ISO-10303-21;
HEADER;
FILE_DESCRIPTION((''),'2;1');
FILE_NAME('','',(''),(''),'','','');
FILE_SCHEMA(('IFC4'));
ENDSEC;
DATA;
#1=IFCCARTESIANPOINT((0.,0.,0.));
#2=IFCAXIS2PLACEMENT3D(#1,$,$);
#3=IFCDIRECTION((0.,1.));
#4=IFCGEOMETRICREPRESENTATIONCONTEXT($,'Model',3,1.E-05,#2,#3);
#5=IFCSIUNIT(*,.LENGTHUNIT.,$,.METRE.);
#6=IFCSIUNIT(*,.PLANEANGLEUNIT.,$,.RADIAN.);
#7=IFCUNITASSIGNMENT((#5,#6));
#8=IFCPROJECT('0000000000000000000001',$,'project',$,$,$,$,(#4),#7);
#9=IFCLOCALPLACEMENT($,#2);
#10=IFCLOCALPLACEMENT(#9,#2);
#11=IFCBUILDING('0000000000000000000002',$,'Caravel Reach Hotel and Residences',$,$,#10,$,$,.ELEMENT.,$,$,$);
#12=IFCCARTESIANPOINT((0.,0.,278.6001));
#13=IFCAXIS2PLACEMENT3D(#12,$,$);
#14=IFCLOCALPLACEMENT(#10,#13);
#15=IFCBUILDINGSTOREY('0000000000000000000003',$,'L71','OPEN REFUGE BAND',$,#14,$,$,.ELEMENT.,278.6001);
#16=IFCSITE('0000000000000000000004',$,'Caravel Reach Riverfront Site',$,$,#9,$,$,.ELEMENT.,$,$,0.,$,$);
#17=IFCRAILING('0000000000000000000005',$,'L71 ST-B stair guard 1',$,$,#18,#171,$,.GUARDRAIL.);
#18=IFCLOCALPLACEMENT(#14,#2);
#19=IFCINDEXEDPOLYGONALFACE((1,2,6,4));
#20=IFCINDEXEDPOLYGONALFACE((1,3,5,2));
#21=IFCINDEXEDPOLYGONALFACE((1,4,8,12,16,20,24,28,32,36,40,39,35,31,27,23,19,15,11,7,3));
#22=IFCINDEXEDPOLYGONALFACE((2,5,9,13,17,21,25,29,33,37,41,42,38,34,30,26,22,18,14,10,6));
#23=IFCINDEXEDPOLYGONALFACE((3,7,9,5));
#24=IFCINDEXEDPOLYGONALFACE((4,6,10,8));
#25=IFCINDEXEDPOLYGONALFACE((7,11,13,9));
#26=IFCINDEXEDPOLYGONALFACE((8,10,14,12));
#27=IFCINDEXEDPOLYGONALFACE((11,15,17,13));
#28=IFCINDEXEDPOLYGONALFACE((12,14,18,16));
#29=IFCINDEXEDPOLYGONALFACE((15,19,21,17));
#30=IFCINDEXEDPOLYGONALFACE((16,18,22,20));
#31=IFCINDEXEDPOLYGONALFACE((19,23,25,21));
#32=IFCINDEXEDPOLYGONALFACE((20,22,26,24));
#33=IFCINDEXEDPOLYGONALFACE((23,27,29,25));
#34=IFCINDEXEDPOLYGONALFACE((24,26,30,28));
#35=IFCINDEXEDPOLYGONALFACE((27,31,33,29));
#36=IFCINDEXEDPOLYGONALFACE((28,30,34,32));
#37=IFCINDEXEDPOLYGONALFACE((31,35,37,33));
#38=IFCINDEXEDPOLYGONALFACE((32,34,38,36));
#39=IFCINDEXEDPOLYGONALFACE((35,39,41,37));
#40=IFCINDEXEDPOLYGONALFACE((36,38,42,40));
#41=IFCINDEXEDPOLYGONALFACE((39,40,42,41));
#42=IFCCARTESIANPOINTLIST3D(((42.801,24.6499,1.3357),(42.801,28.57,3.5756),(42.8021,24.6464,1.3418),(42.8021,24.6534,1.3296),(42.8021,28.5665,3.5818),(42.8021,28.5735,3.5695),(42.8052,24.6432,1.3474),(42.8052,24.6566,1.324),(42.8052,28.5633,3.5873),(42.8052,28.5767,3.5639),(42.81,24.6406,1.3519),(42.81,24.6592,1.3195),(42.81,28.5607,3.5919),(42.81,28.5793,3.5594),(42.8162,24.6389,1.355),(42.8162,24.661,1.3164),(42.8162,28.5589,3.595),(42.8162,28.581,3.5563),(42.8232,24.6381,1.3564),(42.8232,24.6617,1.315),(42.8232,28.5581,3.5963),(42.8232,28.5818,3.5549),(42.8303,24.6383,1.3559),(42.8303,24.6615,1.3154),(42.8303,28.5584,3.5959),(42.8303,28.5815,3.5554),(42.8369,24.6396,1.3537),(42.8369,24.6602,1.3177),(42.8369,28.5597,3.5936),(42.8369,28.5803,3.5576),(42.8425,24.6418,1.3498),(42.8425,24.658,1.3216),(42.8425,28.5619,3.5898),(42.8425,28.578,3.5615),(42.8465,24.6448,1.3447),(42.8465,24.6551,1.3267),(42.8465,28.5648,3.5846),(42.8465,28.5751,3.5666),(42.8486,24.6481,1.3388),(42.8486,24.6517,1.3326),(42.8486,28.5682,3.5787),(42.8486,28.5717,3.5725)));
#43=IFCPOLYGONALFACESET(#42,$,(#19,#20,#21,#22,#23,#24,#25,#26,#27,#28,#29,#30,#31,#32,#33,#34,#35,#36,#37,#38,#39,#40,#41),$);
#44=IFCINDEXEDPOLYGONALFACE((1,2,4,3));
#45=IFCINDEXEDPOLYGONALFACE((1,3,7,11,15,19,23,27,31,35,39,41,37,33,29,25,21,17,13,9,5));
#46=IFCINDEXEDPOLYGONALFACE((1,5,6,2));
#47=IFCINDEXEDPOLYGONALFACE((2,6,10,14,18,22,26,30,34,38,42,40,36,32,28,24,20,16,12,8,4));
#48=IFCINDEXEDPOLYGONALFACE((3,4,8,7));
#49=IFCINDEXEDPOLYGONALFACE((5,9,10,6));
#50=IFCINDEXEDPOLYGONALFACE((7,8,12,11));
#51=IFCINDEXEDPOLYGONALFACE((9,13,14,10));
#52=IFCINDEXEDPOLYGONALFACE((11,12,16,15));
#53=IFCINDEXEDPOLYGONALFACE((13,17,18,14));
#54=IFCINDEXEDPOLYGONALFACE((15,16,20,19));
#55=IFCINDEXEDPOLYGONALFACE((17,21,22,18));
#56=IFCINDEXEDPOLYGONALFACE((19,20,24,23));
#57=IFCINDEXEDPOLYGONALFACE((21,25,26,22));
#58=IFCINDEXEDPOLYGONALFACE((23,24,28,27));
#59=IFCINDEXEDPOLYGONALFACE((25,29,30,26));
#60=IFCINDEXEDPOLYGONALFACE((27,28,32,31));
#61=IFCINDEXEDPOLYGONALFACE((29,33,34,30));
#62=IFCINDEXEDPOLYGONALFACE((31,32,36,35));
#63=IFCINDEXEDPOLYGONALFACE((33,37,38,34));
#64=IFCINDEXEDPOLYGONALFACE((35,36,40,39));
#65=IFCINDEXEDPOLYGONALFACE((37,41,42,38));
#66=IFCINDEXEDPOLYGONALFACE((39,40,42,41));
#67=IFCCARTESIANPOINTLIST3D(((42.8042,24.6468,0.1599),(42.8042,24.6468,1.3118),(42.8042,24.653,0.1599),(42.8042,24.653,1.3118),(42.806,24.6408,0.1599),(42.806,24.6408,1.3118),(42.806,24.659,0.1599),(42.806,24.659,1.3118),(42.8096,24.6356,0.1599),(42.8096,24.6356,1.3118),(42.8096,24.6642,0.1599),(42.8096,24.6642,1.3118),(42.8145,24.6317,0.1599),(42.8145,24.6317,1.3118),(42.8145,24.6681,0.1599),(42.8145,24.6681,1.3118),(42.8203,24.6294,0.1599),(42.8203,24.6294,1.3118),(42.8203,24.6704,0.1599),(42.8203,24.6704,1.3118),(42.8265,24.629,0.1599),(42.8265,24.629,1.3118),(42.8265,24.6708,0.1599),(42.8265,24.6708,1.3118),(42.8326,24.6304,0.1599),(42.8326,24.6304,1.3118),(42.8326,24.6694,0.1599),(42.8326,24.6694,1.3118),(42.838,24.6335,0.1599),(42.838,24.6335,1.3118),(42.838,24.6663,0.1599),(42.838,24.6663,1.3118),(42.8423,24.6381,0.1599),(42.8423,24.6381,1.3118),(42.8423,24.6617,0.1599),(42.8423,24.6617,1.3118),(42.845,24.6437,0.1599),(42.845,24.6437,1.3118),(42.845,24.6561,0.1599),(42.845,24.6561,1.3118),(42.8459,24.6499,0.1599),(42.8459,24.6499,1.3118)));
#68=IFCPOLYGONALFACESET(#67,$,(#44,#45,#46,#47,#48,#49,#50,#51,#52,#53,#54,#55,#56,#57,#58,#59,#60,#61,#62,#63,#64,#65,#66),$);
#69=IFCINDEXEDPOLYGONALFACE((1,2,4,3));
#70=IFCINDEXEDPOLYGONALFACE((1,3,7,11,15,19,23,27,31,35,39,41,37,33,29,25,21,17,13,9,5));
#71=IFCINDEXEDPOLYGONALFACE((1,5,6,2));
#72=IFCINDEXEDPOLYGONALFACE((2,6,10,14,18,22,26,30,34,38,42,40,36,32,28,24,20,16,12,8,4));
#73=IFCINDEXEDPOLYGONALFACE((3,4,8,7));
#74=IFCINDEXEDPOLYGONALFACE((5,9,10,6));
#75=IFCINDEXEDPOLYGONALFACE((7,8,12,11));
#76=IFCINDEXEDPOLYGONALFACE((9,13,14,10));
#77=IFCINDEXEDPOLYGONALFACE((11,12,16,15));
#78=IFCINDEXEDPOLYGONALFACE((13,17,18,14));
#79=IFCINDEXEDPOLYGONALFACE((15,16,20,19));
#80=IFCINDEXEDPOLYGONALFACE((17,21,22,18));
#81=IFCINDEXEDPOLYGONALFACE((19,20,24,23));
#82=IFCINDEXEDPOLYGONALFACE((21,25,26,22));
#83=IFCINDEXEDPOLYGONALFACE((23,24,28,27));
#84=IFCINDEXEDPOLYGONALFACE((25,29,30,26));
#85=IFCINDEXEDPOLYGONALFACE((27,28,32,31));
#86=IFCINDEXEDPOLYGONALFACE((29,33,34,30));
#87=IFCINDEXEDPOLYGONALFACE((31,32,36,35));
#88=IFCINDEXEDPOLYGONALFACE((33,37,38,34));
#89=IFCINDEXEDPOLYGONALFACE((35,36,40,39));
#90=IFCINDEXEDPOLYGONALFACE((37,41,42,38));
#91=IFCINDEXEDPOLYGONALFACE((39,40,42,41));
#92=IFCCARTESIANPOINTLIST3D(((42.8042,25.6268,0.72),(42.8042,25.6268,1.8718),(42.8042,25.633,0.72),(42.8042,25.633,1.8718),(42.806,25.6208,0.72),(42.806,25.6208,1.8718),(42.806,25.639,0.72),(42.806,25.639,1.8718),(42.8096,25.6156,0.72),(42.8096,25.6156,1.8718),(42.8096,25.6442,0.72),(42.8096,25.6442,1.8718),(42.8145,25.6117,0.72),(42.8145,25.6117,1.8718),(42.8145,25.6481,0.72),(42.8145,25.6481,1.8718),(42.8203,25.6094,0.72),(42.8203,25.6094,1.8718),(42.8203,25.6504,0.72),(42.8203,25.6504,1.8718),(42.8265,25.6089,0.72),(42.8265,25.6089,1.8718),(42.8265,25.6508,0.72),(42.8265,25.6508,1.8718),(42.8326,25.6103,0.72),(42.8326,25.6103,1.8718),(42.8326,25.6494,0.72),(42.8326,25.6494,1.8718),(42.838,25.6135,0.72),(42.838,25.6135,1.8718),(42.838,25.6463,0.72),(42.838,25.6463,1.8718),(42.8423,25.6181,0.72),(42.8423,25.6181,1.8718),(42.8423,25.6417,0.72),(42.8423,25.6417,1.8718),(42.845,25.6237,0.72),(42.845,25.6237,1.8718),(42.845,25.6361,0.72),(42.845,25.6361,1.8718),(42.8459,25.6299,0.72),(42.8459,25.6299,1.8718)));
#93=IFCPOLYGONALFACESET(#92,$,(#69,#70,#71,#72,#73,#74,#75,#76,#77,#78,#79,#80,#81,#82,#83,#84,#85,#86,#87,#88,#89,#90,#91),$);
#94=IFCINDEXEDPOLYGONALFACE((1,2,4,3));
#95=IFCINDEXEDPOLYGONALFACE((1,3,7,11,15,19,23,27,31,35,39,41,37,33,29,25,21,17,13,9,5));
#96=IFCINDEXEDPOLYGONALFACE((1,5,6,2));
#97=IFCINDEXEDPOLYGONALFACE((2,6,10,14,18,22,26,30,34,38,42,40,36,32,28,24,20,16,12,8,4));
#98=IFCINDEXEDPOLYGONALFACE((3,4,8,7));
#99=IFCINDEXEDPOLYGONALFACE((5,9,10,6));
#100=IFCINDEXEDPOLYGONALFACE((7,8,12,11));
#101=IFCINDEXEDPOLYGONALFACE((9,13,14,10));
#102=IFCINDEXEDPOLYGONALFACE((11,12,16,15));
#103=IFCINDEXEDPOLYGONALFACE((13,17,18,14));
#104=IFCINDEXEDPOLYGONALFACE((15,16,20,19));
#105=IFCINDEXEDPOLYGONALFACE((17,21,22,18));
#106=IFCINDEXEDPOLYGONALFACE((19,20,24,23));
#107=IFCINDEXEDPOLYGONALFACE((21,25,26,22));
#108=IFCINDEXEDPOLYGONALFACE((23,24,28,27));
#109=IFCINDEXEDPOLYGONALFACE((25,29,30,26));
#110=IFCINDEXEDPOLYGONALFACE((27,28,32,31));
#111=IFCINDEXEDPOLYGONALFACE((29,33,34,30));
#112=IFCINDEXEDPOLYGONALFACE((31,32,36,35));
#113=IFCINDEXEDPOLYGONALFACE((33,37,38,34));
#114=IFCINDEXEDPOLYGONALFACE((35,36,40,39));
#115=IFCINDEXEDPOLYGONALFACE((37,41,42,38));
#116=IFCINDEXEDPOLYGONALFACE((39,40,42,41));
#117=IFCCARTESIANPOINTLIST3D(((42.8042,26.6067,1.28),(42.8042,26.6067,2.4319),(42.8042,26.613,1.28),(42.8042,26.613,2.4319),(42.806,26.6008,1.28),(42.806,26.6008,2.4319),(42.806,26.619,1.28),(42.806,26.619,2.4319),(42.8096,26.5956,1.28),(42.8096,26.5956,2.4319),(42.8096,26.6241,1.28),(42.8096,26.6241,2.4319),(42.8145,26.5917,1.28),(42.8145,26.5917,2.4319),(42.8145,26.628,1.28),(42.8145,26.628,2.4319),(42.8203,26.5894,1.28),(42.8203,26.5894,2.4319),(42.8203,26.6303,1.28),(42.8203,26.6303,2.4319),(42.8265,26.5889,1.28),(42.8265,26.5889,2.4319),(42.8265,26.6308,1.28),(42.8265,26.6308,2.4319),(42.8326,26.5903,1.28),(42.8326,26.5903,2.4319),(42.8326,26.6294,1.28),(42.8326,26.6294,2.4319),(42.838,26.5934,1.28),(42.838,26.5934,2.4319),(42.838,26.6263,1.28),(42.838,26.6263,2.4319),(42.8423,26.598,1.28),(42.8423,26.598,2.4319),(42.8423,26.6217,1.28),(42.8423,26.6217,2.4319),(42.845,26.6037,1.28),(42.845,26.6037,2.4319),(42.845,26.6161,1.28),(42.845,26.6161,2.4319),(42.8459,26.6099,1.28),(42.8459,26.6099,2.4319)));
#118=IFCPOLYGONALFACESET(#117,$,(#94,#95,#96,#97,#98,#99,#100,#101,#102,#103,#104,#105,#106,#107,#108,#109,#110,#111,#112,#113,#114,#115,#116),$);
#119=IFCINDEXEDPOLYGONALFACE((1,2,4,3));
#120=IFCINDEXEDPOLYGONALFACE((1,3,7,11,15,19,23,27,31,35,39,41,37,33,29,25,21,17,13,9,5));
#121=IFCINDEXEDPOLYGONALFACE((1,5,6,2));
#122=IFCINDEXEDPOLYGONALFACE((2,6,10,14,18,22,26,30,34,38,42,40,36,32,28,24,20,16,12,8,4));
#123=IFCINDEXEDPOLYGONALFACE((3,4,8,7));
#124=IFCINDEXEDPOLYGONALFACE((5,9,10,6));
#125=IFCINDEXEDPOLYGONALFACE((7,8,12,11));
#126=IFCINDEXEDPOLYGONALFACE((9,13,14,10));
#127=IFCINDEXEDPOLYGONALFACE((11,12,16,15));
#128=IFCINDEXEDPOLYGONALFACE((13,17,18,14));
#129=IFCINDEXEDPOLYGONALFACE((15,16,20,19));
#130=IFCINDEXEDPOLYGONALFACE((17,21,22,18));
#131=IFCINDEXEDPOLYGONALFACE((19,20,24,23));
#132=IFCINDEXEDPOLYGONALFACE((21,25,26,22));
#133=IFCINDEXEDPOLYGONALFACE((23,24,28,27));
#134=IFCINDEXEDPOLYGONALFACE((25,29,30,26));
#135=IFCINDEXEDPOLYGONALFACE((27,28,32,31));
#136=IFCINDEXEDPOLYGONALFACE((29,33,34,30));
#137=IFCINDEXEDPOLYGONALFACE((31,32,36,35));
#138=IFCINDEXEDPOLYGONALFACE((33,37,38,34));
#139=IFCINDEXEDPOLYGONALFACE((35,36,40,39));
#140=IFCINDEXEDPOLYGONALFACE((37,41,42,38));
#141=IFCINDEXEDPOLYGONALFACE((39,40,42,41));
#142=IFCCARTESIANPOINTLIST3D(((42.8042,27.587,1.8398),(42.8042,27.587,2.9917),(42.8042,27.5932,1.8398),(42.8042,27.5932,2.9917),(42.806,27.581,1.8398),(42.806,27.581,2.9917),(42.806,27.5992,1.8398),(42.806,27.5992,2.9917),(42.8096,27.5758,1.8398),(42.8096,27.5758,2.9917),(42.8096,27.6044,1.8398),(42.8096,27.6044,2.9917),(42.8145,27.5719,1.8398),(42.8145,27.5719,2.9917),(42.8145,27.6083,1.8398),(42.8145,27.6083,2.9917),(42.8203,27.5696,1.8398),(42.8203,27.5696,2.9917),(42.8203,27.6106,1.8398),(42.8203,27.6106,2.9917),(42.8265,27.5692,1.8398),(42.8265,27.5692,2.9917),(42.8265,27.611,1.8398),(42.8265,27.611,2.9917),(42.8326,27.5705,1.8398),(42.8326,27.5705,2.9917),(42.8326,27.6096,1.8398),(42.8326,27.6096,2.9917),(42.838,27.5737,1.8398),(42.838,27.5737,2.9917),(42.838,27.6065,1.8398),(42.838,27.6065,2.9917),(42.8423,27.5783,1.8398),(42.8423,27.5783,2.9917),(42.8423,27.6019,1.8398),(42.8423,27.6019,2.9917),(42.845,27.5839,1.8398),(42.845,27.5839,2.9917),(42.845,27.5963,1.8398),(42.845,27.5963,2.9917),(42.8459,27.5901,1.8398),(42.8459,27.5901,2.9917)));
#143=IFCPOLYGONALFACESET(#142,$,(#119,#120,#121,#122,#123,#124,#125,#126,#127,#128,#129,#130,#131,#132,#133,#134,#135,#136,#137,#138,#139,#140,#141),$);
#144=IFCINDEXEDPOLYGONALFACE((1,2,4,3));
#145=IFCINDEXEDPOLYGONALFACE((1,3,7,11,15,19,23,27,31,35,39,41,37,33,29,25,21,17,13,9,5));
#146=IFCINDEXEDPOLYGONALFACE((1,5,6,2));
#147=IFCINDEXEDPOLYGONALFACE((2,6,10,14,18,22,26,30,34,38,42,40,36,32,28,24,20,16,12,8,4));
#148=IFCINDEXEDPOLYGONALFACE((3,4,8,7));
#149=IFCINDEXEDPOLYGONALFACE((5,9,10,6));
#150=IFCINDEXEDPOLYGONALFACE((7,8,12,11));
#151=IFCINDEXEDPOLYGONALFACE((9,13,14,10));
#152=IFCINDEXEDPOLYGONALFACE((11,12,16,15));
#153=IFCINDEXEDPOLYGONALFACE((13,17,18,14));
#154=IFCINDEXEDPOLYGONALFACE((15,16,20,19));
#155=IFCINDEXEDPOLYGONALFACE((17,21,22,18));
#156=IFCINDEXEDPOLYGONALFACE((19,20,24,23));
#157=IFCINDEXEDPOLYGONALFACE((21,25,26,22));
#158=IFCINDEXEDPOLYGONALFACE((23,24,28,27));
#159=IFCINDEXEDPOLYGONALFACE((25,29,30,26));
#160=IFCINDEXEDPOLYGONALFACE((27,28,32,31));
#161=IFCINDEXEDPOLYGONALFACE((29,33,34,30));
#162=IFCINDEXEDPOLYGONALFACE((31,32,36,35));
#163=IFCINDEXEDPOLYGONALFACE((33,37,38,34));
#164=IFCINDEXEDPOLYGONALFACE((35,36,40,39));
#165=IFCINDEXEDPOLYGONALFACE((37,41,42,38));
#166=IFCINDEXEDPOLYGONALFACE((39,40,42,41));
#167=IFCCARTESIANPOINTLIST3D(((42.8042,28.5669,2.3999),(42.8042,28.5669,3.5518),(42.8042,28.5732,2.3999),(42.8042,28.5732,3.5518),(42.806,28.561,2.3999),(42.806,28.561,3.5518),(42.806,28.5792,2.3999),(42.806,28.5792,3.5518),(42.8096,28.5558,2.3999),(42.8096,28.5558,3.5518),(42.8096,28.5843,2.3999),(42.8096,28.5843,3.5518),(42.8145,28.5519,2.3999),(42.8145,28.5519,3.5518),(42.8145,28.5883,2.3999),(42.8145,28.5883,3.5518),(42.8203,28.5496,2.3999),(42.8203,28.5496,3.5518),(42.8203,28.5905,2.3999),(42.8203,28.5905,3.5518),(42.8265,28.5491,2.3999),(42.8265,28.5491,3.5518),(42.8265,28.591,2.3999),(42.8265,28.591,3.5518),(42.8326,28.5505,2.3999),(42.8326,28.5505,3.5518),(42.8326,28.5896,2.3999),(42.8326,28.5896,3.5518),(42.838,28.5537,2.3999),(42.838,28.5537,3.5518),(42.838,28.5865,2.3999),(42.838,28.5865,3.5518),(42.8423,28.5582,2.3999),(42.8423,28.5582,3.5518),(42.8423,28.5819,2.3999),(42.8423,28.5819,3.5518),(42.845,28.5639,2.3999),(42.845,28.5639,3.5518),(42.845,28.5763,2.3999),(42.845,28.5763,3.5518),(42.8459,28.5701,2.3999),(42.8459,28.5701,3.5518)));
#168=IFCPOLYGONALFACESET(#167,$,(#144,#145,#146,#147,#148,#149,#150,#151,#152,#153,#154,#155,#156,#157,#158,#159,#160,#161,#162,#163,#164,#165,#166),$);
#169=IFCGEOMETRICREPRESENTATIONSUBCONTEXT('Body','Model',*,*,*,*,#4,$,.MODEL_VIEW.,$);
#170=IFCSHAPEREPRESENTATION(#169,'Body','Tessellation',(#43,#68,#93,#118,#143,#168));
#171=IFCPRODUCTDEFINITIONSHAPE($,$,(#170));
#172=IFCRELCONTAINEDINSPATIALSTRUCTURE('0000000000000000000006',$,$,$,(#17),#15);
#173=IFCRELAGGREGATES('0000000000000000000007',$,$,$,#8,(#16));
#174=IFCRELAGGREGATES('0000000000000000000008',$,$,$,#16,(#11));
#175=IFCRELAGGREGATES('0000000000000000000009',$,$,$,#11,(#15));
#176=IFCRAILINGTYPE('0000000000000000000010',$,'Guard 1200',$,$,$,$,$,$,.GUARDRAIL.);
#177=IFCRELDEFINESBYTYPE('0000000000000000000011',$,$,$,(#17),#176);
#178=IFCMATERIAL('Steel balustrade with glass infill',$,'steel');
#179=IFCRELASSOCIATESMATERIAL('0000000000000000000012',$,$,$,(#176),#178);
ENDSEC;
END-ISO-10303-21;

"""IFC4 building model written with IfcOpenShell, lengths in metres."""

from ifc_helpers import new_model, si_unit, direction, frame, origin, origin_2d, place, context, subcontext, project, spatial, circle, extrude, material, type_object, element, save


model = new_model("IFC4")

# Units and contexts
model_context = context("Model", 3, precision=1e-05, world=origin(), true_north=direction((0.0, 1.0)))
body_context = subcontext(model_context, "Body", "Model", "MODEL_VIEW")
ifc_project = project(units=[si_unit("LENGTHUNIT", "METRE"), si_unit("PLANEANGLEUNIT", "RADIAN")], contexts=[model_context])

# Site, building, storey
site_placement = place(None, origin())
site = spatial("IfcSite", under=ifc_project, at=site_placement, Name="Caravel Reach Riverfront Site", CompositionType="ELEMENT", RefElevation=0.0)
building_placement = place(site_placement, origin())
building = spatial("IfcBuilding", under=site, at=building_placement, Name="Caravel Reach Hotel and Residences", CompositionType="ELEMENT")
storey_placement = place(building_placement, frame((0.0, 0.0, 278.6001)))
storey = spatial("IfcBuildingStorey", under=building, at=storey_placement, Name="L71", Description="OPEN REFUGE BAND", CompositionType="ELEMENT", Elevation=278.6001)

# Railing
ifc_material_1 = material(Name="Steel balustrade with glass infill", Category="steel")
railing_type = type_object("IfcRailingType", Name="Guard 1200", PredefinedType="GUARDRAIL", material=ifc_material_1)
railing_1_placement = place(storey_placement, frame((42.825, 24.6499, 0.1599)))
element("IfcRailing", 1, at=railing_1_placement, inside=storey, type_object=railing_type, Name="L71 ST-B stair guard 1", PredefinedType="GUARDRAIL", context=body_context, shape_type="SweptSolid", body=[
    extrude(circle(Radius=0.0239, at=origin_2d()), frame((0.0, 0.0, 1.1758), z_axis=(0.0, 0.868253, 0.496121), x_axis=(-1.0, 0.0, 0.0)), (0.0, 0.0, 1.0), 4.5149),
    extrude(circle(Radius=0.021, at=origin_2d()), origin(), (0.0, 0.0, 1.0), 1.1519),
    extrude(circle(Radius=0.021, at=origin_2d()), frame((0.0, 0.98, 0.5601)), (0.0, 0.0, 1.0), 1.1519),
    extrude(circle(Radius=0.021, at=origin_2d()), frame((0.0, 1.96, 1.1201)), (0.0, 0.0, 1.0), 1.1519),
    extrude(circle(Radius=0.021, at=origin_2d()), frame((0.0, 2.9402, 1.6799)), (0.0, 0.0, 1.0), 1.1519),
    extrude(circle(Radius=0.021, at=origin_2d()), frame((0.0, 3.9202, 2.24)), (0.0, 0.0, 1.0), 1.1519),
])

save(model, "model.ifc")
